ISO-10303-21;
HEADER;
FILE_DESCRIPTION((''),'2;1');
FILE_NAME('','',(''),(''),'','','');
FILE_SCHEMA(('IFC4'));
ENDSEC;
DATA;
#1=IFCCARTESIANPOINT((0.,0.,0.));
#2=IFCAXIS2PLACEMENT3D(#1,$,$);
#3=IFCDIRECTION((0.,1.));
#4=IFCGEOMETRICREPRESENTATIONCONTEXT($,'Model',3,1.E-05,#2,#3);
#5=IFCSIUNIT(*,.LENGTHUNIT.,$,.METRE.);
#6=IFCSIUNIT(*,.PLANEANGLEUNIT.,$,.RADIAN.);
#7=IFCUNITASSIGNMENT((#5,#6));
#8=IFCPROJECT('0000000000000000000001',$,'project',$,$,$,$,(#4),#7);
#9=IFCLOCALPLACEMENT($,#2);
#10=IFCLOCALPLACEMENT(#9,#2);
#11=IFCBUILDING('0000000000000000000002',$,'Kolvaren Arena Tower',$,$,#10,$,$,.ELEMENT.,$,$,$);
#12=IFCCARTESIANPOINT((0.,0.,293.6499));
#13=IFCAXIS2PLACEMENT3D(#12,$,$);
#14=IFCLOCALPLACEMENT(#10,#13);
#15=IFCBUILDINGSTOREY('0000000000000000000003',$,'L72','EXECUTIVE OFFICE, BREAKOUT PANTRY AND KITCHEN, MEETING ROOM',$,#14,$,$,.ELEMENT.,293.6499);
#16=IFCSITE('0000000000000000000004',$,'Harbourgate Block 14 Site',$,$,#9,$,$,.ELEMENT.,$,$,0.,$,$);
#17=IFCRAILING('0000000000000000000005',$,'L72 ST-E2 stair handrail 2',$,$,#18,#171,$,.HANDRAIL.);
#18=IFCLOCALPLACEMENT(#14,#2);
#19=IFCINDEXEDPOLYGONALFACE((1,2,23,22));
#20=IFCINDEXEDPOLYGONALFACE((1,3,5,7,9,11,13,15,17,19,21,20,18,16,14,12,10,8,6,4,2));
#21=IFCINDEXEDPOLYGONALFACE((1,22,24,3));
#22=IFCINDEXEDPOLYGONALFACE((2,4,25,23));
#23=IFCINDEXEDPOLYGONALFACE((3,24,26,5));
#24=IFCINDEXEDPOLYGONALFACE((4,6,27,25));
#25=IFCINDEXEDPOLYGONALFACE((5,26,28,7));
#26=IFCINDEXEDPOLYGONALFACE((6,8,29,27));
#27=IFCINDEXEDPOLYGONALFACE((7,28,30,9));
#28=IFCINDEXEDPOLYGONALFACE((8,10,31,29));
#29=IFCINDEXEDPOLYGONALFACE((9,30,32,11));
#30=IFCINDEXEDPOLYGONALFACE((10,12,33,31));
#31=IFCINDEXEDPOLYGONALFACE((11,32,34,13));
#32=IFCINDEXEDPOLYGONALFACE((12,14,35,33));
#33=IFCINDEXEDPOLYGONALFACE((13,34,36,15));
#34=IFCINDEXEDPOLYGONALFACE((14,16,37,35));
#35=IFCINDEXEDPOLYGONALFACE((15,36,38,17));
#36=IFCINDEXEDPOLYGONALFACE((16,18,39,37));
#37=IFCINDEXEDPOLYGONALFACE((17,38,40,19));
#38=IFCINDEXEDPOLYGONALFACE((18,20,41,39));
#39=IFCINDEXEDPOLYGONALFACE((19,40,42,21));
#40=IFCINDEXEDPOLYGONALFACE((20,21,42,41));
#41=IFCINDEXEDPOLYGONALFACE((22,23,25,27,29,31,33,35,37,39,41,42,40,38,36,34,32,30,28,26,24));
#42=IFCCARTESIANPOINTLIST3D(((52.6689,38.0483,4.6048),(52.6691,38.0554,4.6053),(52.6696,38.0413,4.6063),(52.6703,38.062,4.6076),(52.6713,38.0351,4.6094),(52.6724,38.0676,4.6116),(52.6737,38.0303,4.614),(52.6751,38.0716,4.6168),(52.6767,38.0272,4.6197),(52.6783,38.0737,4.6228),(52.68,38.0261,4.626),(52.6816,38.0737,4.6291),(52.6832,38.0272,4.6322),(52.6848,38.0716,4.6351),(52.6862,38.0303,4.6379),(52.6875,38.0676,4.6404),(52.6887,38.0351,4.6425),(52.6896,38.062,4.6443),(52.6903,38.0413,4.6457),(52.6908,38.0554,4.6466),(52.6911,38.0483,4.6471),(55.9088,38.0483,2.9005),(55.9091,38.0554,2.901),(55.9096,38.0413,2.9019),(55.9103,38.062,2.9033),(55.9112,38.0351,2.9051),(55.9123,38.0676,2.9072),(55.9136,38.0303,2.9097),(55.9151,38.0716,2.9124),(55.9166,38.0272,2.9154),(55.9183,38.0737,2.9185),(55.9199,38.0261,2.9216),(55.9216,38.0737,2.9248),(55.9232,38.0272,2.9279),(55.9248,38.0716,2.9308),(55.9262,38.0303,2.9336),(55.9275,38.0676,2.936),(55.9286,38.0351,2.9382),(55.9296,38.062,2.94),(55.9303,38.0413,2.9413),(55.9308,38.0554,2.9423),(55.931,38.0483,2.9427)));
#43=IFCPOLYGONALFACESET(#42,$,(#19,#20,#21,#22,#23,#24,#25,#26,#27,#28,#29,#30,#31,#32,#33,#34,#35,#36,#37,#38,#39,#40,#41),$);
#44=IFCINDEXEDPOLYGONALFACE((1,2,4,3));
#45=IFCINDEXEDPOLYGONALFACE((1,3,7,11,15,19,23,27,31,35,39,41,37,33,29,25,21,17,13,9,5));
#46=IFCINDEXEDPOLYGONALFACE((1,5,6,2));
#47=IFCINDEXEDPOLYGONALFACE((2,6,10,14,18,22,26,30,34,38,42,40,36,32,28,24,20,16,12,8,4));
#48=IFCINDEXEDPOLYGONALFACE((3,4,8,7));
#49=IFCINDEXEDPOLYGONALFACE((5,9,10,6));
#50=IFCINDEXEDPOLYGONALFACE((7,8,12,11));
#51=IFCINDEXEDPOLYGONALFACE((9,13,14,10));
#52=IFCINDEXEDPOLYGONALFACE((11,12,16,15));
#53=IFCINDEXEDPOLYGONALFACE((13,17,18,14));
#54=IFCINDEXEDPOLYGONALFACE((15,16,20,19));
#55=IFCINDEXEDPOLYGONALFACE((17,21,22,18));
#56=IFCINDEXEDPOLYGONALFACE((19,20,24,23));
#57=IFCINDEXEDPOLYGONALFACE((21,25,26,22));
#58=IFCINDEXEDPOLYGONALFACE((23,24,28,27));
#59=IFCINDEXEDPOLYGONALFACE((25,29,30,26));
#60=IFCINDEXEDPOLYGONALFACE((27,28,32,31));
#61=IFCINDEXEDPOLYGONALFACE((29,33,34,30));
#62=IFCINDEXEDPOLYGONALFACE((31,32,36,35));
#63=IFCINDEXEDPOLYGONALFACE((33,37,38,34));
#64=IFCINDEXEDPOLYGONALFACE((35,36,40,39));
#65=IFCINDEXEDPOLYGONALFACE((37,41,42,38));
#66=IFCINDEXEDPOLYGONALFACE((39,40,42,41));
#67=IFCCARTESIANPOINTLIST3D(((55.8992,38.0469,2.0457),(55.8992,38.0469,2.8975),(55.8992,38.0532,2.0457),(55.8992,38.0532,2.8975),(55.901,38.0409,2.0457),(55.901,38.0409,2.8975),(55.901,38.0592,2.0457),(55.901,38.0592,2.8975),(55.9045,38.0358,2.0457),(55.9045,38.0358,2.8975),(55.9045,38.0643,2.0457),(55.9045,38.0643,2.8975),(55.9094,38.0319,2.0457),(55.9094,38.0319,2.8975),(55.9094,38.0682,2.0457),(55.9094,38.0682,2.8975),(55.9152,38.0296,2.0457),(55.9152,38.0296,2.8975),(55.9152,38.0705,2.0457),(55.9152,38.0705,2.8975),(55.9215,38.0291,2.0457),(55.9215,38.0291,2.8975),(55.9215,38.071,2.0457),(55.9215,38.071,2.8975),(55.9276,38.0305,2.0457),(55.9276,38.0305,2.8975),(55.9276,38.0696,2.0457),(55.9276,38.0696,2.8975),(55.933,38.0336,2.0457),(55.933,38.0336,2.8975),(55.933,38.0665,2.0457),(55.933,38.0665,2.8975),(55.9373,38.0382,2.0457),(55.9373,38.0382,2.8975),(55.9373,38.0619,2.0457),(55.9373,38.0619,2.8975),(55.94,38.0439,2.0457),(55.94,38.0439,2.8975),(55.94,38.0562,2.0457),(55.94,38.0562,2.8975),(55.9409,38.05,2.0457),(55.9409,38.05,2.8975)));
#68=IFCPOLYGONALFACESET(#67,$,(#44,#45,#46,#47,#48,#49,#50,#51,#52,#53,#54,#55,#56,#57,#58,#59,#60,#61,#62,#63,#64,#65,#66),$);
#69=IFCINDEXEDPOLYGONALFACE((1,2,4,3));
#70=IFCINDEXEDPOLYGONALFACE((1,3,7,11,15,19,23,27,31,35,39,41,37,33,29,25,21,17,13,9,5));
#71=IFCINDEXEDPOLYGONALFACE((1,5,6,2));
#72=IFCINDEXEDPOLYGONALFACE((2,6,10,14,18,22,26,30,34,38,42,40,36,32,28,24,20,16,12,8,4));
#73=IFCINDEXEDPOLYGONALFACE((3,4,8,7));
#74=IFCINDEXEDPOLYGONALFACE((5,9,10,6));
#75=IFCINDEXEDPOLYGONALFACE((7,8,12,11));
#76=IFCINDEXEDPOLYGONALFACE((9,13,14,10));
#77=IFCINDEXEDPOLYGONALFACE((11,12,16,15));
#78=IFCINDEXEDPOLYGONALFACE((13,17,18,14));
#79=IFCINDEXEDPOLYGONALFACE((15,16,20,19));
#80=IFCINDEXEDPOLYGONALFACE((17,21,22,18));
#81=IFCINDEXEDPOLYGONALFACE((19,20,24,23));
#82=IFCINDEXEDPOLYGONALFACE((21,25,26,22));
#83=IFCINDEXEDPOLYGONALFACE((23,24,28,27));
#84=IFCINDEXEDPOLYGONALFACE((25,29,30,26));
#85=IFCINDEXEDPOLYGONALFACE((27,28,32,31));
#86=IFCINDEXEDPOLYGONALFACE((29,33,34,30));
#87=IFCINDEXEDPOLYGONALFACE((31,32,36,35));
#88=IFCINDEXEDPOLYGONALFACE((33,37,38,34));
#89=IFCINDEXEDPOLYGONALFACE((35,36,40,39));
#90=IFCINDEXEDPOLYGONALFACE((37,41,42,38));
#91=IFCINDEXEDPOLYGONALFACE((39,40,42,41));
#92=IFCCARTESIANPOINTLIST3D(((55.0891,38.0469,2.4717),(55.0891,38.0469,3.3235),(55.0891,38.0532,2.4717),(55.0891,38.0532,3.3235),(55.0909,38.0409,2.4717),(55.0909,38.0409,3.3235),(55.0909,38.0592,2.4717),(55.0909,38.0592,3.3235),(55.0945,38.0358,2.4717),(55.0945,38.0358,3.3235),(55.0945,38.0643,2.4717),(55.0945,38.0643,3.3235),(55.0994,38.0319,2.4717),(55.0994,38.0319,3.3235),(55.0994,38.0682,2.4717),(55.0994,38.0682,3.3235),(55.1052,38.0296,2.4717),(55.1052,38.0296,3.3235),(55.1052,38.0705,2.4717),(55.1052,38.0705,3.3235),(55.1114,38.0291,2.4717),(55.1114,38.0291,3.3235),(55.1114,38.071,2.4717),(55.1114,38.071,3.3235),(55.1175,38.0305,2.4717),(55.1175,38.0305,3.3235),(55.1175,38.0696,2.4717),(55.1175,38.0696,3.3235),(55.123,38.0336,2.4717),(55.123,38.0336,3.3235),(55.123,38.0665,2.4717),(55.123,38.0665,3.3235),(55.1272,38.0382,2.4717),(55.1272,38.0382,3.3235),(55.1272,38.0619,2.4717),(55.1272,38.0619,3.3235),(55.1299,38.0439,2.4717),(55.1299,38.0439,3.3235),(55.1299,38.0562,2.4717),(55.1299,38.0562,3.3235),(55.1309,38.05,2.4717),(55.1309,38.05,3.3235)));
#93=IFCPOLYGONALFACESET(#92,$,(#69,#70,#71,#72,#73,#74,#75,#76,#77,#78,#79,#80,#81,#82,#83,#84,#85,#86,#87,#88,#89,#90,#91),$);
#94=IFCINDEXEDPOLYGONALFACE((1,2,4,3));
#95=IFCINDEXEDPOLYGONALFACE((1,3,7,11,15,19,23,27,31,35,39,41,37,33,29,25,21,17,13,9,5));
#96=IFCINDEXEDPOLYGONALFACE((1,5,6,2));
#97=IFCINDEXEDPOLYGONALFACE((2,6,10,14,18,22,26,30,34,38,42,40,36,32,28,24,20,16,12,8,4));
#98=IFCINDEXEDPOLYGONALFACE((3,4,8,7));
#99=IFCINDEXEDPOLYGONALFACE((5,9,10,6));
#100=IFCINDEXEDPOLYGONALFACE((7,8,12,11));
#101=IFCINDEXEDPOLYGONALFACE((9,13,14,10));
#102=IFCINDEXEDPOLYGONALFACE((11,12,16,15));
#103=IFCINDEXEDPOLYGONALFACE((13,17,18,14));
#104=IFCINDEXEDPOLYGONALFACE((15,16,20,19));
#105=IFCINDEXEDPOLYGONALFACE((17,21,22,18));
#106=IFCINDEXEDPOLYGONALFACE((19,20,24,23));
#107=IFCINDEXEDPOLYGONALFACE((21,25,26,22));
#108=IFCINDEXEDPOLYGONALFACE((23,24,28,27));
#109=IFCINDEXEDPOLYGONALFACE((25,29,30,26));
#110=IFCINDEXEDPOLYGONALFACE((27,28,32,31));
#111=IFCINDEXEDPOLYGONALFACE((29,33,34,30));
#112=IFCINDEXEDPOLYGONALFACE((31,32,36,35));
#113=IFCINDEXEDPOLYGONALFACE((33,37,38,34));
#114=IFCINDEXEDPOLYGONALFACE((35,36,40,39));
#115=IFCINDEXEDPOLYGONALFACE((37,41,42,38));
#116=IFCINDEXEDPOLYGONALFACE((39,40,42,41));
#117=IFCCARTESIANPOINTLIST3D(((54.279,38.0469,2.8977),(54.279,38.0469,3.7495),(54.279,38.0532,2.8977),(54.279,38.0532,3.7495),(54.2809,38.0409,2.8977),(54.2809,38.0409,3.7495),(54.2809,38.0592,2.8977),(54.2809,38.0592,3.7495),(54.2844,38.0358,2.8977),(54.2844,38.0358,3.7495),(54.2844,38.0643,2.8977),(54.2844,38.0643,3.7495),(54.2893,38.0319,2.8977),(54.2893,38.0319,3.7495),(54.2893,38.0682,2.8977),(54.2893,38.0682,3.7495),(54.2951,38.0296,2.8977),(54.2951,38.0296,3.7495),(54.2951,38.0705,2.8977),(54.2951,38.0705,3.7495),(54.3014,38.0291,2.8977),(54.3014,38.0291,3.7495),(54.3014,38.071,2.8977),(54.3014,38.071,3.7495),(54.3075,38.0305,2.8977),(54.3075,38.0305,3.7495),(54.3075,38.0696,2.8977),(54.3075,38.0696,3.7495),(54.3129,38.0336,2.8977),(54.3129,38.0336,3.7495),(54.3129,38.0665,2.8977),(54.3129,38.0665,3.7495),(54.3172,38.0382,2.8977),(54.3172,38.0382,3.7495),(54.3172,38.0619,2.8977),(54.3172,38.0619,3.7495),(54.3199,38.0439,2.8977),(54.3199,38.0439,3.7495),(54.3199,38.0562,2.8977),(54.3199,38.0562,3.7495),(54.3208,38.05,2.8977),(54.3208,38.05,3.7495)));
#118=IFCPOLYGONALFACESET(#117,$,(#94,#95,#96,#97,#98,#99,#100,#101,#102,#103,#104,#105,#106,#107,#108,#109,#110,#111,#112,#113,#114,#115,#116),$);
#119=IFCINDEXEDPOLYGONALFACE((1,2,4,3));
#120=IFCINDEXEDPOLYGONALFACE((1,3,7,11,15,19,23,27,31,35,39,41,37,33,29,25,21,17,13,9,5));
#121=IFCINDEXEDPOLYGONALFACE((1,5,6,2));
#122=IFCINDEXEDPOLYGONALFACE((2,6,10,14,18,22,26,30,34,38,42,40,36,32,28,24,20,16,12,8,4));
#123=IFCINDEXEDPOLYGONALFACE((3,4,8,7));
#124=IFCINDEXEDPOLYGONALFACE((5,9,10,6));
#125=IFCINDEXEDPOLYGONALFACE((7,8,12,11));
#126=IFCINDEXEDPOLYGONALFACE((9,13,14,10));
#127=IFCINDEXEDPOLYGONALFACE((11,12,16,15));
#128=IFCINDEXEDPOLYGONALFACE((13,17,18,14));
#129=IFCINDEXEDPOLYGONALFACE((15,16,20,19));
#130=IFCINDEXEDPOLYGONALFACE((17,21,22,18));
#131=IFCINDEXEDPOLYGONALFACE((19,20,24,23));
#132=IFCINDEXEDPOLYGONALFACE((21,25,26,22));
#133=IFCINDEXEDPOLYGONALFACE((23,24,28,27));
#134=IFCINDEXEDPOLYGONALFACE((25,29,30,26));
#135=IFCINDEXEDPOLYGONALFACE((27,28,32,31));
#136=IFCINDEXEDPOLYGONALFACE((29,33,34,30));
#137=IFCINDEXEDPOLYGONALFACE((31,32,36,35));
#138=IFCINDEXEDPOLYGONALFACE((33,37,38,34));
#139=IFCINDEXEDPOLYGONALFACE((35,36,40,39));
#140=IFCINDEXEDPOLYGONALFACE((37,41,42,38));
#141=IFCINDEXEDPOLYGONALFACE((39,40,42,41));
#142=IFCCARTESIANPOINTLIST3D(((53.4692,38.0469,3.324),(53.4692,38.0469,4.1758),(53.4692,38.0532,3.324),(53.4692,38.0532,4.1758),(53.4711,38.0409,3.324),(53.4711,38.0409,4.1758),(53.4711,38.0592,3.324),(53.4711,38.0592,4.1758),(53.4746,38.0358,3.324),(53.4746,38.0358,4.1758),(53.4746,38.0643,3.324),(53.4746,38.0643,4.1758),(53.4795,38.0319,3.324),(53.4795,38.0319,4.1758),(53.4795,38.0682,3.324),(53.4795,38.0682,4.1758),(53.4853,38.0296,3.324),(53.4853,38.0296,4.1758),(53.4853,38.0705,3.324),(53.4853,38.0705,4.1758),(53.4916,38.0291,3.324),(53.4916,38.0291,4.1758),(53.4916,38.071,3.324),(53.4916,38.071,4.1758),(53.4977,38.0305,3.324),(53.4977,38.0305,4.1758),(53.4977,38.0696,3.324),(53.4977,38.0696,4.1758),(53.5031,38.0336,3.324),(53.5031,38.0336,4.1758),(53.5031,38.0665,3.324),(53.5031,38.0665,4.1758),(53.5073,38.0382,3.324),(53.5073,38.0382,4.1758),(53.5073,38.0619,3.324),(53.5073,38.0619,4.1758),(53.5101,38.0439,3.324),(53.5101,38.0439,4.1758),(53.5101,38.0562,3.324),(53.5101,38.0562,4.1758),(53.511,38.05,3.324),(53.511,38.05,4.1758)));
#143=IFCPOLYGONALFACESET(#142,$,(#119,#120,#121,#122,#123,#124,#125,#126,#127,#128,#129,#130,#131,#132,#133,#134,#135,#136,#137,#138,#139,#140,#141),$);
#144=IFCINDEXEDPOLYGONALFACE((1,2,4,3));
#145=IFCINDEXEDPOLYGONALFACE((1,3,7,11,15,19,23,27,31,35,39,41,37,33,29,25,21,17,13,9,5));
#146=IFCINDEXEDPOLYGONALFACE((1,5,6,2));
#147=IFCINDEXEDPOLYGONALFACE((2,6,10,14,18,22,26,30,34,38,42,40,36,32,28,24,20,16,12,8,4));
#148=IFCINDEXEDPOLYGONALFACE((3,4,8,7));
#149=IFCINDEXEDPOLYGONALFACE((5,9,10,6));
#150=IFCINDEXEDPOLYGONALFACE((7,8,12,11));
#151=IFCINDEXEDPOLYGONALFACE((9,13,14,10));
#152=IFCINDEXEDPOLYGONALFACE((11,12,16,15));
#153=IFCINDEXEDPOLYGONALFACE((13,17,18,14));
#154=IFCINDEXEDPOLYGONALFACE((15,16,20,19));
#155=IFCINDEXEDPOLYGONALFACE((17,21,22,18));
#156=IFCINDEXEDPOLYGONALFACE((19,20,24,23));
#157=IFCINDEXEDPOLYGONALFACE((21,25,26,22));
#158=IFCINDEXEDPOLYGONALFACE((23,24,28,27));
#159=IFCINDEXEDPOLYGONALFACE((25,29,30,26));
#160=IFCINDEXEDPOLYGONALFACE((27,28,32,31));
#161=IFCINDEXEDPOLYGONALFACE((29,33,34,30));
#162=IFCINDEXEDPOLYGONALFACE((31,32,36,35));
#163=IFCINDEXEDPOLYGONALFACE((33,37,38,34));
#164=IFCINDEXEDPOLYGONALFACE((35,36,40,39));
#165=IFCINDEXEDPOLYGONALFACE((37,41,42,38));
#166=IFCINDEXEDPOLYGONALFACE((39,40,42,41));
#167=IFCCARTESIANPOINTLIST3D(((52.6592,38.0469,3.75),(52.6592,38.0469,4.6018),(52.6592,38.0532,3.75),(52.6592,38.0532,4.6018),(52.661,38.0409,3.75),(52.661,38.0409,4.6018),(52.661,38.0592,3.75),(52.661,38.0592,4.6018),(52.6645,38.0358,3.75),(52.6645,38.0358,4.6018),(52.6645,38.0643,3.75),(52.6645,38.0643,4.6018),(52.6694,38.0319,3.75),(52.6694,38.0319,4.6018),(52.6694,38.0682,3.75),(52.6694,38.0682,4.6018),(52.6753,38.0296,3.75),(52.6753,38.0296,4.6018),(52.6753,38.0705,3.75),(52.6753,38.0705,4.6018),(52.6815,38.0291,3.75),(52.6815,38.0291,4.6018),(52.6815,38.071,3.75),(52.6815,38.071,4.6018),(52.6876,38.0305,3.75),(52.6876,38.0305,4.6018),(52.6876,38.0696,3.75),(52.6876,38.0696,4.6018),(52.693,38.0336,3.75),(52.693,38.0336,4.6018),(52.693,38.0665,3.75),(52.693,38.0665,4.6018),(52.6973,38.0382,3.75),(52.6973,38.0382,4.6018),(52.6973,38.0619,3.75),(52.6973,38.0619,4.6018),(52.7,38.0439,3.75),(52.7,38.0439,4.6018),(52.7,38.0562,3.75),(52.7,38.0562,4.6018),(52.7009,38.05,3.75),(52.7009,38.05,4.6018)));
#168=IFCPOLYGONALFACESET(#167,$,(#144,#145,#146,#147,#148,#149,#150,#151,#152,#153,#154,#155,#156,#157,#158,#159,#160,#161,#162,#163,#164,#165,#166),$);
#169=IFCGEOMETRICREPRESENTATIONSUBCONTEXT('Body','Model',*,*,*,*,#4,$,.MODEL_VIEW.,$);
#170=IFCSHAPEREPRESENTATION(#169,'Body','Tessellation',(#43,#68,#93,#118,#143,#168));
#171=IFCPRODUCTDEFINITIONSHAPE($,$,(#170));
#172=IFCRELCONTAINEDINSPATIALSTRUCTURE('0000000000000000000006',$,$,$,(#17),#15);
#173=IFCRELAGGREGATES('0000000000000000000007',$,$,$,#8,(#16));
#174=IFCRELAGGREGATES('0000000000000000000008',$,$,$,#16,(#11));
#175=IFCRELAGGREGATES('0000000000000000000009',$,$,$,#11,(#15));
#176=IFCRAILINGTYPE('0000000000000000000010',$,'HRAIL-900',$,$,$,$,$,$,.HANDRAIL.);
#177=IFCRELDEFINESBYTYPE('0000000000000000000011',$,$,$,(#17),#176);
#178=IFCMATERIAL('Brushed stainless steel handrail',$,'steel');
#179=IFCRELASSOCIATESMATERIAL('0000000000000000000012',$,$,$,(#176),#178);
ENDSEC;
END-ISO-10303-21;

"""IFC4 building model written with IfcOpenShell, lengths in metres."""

from ifc_helpers import new_model, si_unit, direction, frame, origin, origin_2d, place, context, subcontext, project, spatial, circle, extrude, material, type_object, element, save


model = new_model("IFC4")

# Units and contexts
model_context = context("Model", 3, precision=1e-05, world=origin(), true_north=direction((0.0, 1.0)))
body_context = subcontext(model_context, "Body", "Model", "MODEL_VIEW")
ifc_project = project(units=[si_unit("LENGTHUNIT", "METRE"), si_unit("PLANEANGLEUNIT", "RADIAN")], contexts=[model_context])

# Site, building, storey
site_placement = place(None, origin())
site = spatial("IfcSite", under=ifc_project, at=site_placement, Name="Harbourgate Block 14 Site", CompositionType="ELEMENT", RefElevation=0.0)
building_placement = place(site_placement, origin())
building = spatial("IfcBuilding", under=site, at=building_placement, Name="Kolvaren Arena Tower", CompositionType="ELEMENT")
storey_placement = place(building_placement, frame((0.0, 0.0, 293.6499)))
storey = spatial("IfcBuildingStorey", under=building, at=storey_placement, Name="L72", Description="EXECUTIVE OFFICE, BREAKOUT PANTRY AND KITCHEN, MEETING ROOM", CompositionType="ELEMENT", Elevation=293.6499)

# Railing
ifc_material_1 = material(Name="Brushed stainless steel handrail", Category="steel")
railing_type_1 = type_object("IfcRailingType", Name="HRAIL-900", PredefinedType="HANDRAIL", material=ifc_material_1)
for number, where, name in (
    (1, (55.9199, 38.05, 2.0457), "L72 ST-E2 stair handrail 2"),
):
    element("IfcRailing", number, at=place(storey_placement, frame(where)), inside=storey, type_object=railing_type_1, Name=name, PredefinedType="HANDRAIL", context=body_context, shape_type="SweptSolid", body=[
        extrude(circle(Radius=0.0239, at=origin_2d()), frame((0.0, 0.0, 0.876), z_axis=(-0.885021, 0.0, 0.465551), x_axis=(0.0, -1.0, 0.0)), (0.0, 0.0, 1.0), 3.6609),
        extrude(circle(Radius=0.021, at=origin_2d()), origin(), (0.0, 0.0, 1.0), 0.8518),
        extrude(circle(Radius=0.021, at=origin_2d()), frame((-0.8101, 0.0, 0.426)), (0.0, 0.0, 1.0), 0.8518),
        extrude(circle(Radius=0.021, at=origin_2d()), frame((-1.6201, 0.0, 0.8521)), (0.0, 0.0, 1.0), 0.8518),
        extrude(circle(Radius=0.021, at=origin_2d()), frame((-2.4299, 0.0, 1.2783)), (0.0, 0.0, 1.0), 0.8518),
        extrude(circle(Radius=0.021, at=origin_2d()), frame((-3.24, 0.0, 1.7043)), (0.0, 0.0, 1.0), 0.8518),
    ])

save(model, "model.ifc")
